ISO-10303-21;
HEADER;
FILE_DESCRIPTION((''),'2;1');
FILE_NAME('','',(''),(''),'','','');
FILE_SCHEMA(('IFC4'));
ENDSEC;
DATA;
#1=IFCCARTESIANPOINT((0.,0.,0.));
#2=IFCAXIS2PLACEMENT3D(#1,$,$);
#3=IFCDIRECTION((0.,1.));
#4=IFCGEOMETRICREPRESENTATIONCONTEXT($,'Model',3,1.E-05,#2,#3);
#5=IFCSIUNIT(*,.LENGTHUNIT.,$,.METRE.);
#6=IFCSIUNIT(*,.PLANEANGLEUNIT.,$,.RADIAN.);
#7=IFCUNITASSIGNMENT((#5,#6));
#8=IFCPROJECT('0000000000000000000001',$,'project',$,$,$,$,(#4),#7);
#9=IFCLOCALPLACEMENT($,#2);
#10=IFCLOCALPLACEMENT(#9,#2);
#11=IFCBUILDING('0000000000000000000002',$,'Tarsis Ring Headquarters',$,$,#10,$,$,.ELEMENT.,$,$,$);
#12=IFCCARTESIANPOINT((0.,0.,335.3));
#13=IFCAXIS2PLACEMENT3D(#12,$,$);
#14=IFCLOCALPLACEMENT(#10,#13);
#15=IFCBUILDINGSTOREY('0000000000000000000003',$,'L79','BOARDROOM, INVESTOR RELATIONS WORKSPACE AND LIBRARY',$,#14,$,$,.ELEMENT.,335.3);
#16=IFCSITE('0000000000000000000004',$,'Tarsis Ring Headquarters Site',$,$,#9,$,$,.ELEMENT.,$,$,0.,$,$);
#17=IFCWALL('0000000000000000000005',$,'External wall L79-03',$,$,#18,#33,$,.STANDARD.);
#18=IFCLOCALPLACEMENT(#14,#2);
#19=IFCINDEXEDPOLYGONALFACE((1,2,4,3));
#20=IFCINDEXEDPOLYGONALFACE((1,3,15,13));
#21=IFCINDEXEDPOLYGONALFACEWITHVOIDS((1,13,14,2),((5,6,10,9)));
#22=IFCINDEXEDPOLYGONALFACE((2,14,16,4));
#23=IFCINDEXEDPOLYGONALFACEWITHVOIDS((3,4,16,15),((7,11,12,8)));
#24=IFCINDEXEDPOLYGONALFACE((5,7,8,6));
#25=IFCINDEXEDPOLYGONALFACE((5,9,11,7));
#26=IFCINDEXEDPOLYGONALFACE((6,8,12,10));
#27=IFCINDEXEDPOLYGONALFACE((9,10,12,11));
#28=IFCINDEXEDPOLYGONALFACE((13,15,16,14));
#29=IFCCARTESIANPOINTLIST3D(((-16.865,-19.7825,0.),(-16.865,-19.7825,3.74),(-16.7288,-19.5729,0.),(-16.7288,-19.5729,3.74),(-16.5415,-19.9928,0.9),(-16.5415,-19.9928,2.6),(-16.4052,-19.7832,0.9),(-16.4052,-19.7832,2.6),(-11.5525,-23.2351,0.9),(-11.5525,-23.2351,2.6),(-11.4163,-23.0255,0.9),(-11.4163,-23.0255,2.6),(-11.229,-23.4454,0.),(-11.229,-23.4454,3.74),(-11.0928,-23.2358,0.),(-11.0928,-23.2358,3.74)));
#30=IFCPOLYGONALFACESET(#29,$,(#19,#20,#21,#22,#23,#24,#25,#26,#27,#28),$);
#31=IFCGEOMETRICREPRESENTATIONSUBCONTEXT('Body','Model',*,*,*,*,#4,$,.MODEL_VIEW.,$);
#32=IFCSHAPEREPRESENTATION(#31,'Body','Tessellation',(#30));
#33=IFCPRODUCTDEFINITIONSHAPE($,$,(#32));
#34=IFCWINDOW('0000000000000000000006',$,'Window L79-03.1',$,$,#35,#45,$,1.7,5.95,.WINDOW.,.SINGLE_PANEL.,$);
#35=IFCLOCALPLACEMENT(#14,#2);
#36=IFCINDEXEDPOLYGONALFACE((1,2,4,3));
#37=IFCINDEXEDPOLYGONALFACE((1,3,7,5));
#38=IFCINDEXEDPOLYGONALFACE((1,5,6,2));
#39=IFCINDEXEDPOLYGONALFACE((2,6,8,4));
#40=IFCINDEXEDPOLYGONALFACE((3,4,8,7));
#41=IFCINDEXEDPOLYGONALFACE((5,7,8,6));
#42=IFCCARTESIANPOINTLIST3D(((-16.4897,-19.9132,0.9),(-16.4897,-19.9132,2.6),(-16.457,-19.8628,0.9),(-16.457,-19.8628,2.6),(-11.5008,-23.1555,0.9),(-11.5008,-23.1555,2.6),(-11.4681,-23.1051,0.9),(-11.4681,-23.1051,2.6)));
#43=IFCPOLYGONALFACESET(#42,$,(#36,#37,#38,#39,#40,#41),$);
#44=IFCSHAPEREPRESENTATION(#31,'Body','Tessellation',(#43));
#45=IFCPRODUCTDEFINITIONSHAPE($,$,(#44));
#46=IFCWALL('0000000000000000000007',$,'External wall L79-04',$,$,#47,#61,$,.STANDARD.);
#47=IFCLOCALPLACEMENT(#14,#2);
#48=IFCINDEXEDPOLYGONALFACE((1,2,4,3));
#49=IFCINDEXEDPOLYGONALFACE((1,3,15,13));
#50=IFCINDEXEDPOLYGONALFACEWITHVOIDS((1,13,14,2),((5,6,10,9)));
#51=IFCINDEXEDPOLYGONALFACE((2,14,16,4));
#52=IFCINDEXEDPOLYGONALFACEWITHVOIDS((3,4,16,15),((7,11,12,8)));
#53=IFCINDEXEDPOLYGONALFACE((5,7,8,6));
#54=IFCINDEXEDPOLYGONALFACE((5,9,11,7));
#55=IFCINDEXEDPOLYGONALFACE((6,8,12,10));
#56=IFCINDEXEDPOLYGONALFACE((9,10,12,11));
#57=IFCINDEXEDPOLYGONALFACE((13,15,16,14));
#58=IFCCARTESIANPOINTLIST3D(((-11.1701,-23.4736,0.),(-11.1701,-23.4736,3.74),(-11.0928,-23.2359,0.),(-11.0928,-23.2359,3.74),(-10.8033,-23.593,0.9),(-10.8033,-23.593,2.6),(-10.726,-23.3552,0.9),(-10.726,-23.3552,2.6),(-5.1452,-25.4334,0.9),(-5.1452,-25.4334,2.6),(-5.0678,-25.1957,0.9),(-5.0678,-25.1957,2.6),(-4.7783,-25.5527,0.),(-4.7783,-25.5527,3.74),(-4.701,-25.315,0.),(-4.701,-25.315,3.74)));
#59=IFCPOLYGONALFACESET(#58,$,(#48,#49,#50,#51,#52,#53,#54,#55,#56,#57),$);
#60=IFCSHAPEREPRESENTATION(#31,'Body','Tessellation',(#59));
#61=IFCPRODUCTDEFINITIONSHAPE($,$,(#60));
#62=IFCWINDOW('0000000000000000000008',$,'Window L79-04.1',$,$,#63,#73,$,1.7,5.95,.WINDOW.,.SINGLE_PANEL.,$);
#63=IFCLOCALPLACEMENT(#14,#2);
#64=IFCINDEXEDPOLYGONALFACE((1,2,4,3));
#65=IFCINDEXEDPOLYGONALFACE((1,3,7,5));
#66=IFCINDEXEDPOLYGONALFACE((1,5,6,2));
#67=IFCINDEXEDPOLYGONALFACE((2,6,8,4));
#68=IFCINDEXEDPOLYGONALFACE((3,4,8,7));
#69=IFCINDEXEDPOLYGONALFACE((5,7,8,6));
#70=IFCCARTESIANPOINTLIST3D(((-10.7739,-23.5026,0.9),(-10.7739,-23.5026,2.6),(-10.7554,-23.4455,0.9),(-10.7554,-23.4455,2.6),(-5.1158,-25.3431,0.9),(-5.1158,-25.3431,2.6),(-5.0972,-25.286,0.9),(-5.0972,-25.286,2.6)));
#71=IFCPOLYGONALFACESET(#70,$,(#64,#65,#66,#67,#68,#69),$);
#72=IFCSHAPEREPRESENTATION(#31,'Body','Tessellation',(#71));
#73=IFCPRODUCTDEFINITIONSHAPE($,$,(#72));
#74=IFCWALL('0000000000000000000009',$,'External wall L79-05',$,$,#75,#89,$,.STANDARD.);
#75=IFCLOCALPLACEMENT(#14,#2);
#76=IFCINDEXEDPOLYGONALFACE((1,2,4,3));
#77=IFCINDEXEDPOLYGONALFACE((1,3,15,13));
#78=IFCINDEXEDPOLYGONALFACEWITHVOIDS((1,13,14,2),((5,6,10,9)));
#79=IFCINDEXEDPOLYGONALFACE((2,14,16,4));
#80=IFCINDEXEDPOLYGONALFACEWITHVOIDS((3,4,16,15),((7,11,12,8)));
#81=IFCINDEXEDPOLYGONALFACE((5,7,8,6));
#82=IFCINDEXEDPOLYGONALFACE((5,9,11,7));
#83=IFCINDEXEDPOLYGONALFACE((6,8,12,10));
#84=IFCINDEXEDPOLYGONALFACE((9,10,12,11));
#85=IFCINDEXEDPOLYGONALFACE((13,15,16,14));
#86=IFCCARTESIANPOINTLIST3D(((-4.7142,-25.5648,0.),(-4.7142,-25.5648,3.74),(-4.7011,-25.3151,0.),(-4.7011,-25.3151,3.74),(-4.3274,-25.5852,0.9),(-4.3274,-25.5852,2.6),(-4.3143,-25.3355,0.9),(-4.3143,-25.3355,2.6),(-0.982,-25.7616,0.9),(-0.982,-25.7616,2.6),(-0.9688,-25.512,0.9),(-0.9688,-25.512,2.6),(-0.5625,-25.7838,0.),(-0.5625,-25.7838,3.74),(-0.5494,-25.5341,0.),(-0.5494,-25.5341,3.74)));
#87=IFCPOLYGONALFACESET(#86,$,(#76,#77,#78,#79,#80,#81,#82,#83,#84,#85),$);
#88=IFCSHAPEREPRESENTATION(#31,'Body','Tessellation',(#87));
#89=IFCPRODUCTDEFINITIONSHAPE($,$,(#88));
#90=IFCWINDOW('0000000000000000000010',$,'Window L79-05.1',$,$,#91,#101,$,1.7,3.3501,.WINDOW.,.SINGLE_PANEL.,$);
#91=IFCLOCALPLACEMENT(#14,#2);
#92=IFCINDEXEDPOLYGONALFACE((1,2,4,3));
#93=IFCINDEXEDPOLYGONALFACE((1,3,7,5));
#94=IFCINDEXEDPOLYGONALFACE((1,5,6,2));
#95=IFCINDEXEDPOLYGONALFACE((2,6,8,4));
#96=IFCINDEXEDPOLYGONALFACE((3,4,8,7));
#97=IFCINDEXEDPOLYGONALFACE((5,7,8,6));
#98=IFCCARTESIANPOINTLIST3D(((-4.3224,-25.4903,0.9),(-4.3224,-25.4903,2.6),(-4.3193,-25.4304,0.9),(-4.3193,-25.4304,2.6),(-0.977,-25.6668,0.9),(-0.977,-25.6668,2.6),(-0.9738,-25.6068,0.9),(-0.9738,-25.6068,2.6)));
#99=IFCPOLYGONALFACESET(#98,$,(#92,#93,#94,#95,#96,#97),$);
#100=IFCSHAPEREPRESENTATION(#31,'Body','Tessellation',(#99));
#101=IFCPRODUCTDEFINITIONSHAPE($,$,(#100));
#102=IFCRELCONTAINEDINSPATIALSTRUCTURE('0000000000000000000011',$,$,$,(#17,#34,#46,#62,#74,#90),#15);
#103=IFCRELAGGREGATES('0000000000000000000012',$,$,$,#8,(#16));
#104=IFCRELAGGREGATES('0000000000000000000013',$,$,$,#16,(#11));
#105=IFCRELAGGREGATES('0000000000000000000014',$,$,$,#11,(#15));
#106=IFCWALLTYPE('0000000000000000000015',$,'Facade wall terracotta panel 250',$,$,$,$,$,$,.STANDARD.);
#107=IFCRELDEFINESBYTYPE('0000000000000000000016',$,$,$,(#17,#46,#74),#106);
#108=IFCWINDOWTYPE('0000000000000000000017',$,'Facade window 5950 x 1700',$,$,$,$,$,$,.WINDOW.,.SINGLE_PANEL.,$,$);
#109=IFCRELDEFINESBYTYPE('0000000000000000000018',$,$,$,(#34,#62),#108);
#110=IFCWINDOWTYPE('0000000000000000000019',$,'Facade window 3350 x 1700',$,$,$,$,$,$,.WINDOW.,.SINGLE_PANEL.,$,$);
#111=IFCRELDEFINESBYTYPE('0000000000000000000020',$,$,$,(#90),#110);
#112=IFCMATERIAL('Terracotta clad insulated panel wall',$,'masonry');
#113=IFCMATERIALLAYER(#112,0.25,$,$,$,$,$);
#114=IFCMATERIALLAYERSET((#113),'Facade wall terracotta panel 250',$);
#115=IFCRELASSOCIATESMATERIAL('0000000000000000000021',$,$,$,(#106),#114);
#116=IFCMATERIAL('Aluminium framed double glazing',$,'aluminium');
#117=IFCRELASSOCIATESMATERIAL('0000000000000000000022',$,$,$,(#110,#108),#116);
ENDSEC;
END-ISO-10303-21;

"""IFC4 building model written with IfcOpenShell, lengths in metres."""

from ifc_helpers import new_model, si_unit, direction, frame, frame_2d, origin, place, context, subcontext, project, spatial, rectangle, extrude, material, layer, layer_set, type_object, element, fill, save


model = new_model("IFC4")

# Units and contexts
model_context = context("Model", 3, precision=1e-05, world=origin(), true_north=direction((0.0, 1.0)))
body_context = subcontext(model_context, "Body", "Model", "MODEL_VIEW")
ifc_project = project(units=[si_unit("LENGTHUNIT", "METRE"), si_unit("PLANEANGLEUNIT", "RADIAN")], contexts=[model_context])

# Site, building, storey
site_placement = place(None, origin())
site = spatial("IfcSite", under=ifc_project, at=site_placement, Name="Tarsis Ring Headquarters Site", CompositionType="ELEMENT", RefElevation=0.0)
building_placement = place(site_placement, origin())
building = spatial("IfcBuilding", under=site, at=building_placement, Name="Tarsis Ring Headquarters", CompositionType="ELEMENT")
storey_placement = place(building_placement, frame((0.0, 0.0, 335.3)))
storey = spatial("IfcBuildingStorey", under=building, at=storey_placement, Name="L79", Description="BOARDROOM, INVESTOR RELATIONS WORKSPACE AND LIBRARY", CompositionType="ELEMENT", Elevation=335.3)

# Walls, openings, windows
ifc_material_1 = material(Name="Terracotta clad insulated panel wall", Category="masonry")
ifc_layer_1 = layer(ifc_material_1, 0.25)
ifc_layer_set_1 = layer_set([ifc_layer_1], Name="Facade wall terracotta panel 250")
wall_type_1 = type_object("IfcWallType", Name="Facade wall terracotta panel 250", PredefinedType="STANDARD", material=ifc_layer_set_1)
ifc_material_2 = material(Name="Aluminium framed double glazing", Category="aluminium")
window_type_1 = type_object("IfcWindowType", Name="Facade window 3350 x 1700", PartitioningType="SINGLE_PANEL", PredefinedType="WINDOW", material=ifc_material_2)
wall_1_placement = place(storey_placement, frame((-16.7969, -19.6777, 0.0), z_axis=(0.0, 0.0, 1.0), x_axis=(0.838481, -0.544931, 0.0)))
wall_1 = element("IfcWall", 1, at=wall_1_placement, inside=storey, type_object=wall_type_1, Name="External wall L79-03", PredefinedType="STANDARD", context=body_context, shape_type="SweptSolid", body=[
    extrude(rectangle(XDim=6.7217, YDim=0.25, at=frame_2d((3.3608, 0.0))), origin(), (0.0, 0.0, 1.0), 3.74),
])
opening_1_placement = place(wall_1_placement, frame((0.3857, 0.0, 0.8999)))
opening_1 = element("IfcOpeningElement", 2, at=opening_1_placement, cuts=wall_1, PredefinedType="OPENING", context=body_context, shape_type="SweptSolid", body=[
    extrude(rectangle(XDim=5.95, YDim=1.7, at=frame_2d((2.9751, 0.8501))), frame((0.0, 0.135, 0.0), z_axis=(0.0, -1.0, 0.0), x_axis=(1.0, 0.0, 0.0)), (0.0, 0.0, 1.0), 0.27),
])
window_type_2 = type_object("IfcWindowType", Name="Facade window 5950 x 1700", PartitioningType="SINGLE_PANEL", PredefinedType="WINDOW", material=ifc_material_2)
window_1_placement = place(opening_1_placement, origin())
window_1 = element("IfcWindow", 3, at=window_1_placement, inside=storey, type_object=window_type_2, Name="Window L79-03.1", OverallHeight=1.7, OverallWidth=5.95, PartitioningType="SINGLE_PANEL", PredefinedType="WINDOW", context=body_context, shape_type="SweptSolid", body=[
    extrude(rectangle(XDim=5.95, YDim=1.7, at=frame_2d((2.9751, 0.8501))), frame((0.0, 0.03, 0.0), z_axis=(0.0, -1.0, 0.0), x_axis=(1.0, 0.0, 0.0)), (0.0, 0.0, 1.0), 0.0601),
])
fill(opening_1, window_1)
wall_2_placement = place(storey_placement, frame((-11.1316, -23.3547, 0.0), z_axis=(0.0, 0.0, 1.0), x_axis=(0.950957, -0.309322, 0.0)))
wall_2 = element("IfcWall", 4, at=wall_2_placement, inside=storey, type_object=wall_type_1, Name="External wall L79-04", PredefinedType="STANDARD", context=body_context, shape_type="SweptSolid", body=[
    extrude(rectangle(XDim=6.7214, YDim=0.25, at=frame_2d((3.3608, 0.0))), origin(), (0.0, 0.0, 1.0), 3.74),
])
opening_2_placement = place(wall_2_placement, frame((0.3857, 0.0, 0.8999)))
opening_2 = element("IfcOpeningElement", 5, at=opening_2_placement, cuts=wall_2, PredefinedType="OPENING", context=body_context, shape_type="SweptSolid", body=[
    extrude(rectangle(XDim=5.95, YDim=1.7, at=frame_2d((2.9751, 0.8501))), frame((0.0, 0.135, 0.0), z_axis=(0.0, -1.0, 0.0), x_axis=(1.0, 0.0, 0.0)), (0.0, 0.0, 1.0), 0.27),
])
window_2_placement = place(opening_2_placement, origin())
window_2 = element("IfcWindow", 6, at=window_2_placement, inside=storey, type_object=window_type_2, Name="Window L79-04.1", OverallHeight=1.7, OverallWidth=5.95, PartitioningType="SINGLE_PANEL", PredefinedType="WINDOW", context=body_context, shape_type="SweptSolid", body=[
    extrude(rectangle(XDim=5.95, YDim=1.7, at=frame_2d((2.9751, 0.8501))), frame((0.0, 0.03, 0.0), z_axis=(0.0, -1.0, 0.0), x_axis=(1.0, 0.0, 0.0)), (0.0, 0.0, 1.0), 0.0601),
])
fill(opening_2, window_2)
wall_3_placement = place(storey_placement, frame((-4.7075, -25.4399, 0.0), z_axis=(0.0, 0.0, 1.0), x_axis=(0.998612, -0.052676, 0.0)))
wall_3 = element("IfcWall", 7, at=wall_3_placement, inside=storey, type_object=wall_type_1, Name="External wall L79-05", PredefinedType="STANDARD", context=body_context, shape_type="SweptSolid", body=[
    extrude(rectangle(XDim=4.1575, YDim=0.25, at=frame_2d((2.0786, 0.0))), origin(), (0.0, 0.0, 1.0), 3.74),
])
opening_3_placement = place(wall_3_placement, frame((0.3872, 0.0, 0.8999)))
opening_3 = element("IfcOpeningElement", 8, at=opening_3_placement, cuts=wall_3, PredefinedType="OPENING", context=body_context, shape_type="SweptSolid", body=[
    extrude(rectangle(XDim=3.3501, YDim=1.7, at=frame_2d((1.675, 0.8501))), frame((0.0, 0.135, 0.0), z_axis=(0.0, -1.0, 0.0), x_axis=(1.0, 0.0, 0.0)), (0.0, 0.0, 1.0), 0.27),
])
window_3_placement = place(opening_3_placement, origin())
window_3 = element("IfcWindow", 9, at=window_3_placement, inside=storey, type_object=window_type_1, Name="Window L79-05.1", OverallHeight=1.7, OverallWidth=3.3501, PartitioningType="SINGLE_PANEL", PredefinedType="WINDOW", context=body_context, shape_type="SweptSolid", body=[
    extrude(rectangle(XDim=3.3501, YDim=1.7, at=frame_2d((1.675, 0.8501))), frame((0.0, 0.03, 0.0), z_axis=(0.0, -1.0, 0.0), x_axis=(1.0, 0.0, 0.0)), (0.0, 0.0, 1.0), 0.0601),
])
fill(opening_3, window_3)

save(model, "model.ifc")
